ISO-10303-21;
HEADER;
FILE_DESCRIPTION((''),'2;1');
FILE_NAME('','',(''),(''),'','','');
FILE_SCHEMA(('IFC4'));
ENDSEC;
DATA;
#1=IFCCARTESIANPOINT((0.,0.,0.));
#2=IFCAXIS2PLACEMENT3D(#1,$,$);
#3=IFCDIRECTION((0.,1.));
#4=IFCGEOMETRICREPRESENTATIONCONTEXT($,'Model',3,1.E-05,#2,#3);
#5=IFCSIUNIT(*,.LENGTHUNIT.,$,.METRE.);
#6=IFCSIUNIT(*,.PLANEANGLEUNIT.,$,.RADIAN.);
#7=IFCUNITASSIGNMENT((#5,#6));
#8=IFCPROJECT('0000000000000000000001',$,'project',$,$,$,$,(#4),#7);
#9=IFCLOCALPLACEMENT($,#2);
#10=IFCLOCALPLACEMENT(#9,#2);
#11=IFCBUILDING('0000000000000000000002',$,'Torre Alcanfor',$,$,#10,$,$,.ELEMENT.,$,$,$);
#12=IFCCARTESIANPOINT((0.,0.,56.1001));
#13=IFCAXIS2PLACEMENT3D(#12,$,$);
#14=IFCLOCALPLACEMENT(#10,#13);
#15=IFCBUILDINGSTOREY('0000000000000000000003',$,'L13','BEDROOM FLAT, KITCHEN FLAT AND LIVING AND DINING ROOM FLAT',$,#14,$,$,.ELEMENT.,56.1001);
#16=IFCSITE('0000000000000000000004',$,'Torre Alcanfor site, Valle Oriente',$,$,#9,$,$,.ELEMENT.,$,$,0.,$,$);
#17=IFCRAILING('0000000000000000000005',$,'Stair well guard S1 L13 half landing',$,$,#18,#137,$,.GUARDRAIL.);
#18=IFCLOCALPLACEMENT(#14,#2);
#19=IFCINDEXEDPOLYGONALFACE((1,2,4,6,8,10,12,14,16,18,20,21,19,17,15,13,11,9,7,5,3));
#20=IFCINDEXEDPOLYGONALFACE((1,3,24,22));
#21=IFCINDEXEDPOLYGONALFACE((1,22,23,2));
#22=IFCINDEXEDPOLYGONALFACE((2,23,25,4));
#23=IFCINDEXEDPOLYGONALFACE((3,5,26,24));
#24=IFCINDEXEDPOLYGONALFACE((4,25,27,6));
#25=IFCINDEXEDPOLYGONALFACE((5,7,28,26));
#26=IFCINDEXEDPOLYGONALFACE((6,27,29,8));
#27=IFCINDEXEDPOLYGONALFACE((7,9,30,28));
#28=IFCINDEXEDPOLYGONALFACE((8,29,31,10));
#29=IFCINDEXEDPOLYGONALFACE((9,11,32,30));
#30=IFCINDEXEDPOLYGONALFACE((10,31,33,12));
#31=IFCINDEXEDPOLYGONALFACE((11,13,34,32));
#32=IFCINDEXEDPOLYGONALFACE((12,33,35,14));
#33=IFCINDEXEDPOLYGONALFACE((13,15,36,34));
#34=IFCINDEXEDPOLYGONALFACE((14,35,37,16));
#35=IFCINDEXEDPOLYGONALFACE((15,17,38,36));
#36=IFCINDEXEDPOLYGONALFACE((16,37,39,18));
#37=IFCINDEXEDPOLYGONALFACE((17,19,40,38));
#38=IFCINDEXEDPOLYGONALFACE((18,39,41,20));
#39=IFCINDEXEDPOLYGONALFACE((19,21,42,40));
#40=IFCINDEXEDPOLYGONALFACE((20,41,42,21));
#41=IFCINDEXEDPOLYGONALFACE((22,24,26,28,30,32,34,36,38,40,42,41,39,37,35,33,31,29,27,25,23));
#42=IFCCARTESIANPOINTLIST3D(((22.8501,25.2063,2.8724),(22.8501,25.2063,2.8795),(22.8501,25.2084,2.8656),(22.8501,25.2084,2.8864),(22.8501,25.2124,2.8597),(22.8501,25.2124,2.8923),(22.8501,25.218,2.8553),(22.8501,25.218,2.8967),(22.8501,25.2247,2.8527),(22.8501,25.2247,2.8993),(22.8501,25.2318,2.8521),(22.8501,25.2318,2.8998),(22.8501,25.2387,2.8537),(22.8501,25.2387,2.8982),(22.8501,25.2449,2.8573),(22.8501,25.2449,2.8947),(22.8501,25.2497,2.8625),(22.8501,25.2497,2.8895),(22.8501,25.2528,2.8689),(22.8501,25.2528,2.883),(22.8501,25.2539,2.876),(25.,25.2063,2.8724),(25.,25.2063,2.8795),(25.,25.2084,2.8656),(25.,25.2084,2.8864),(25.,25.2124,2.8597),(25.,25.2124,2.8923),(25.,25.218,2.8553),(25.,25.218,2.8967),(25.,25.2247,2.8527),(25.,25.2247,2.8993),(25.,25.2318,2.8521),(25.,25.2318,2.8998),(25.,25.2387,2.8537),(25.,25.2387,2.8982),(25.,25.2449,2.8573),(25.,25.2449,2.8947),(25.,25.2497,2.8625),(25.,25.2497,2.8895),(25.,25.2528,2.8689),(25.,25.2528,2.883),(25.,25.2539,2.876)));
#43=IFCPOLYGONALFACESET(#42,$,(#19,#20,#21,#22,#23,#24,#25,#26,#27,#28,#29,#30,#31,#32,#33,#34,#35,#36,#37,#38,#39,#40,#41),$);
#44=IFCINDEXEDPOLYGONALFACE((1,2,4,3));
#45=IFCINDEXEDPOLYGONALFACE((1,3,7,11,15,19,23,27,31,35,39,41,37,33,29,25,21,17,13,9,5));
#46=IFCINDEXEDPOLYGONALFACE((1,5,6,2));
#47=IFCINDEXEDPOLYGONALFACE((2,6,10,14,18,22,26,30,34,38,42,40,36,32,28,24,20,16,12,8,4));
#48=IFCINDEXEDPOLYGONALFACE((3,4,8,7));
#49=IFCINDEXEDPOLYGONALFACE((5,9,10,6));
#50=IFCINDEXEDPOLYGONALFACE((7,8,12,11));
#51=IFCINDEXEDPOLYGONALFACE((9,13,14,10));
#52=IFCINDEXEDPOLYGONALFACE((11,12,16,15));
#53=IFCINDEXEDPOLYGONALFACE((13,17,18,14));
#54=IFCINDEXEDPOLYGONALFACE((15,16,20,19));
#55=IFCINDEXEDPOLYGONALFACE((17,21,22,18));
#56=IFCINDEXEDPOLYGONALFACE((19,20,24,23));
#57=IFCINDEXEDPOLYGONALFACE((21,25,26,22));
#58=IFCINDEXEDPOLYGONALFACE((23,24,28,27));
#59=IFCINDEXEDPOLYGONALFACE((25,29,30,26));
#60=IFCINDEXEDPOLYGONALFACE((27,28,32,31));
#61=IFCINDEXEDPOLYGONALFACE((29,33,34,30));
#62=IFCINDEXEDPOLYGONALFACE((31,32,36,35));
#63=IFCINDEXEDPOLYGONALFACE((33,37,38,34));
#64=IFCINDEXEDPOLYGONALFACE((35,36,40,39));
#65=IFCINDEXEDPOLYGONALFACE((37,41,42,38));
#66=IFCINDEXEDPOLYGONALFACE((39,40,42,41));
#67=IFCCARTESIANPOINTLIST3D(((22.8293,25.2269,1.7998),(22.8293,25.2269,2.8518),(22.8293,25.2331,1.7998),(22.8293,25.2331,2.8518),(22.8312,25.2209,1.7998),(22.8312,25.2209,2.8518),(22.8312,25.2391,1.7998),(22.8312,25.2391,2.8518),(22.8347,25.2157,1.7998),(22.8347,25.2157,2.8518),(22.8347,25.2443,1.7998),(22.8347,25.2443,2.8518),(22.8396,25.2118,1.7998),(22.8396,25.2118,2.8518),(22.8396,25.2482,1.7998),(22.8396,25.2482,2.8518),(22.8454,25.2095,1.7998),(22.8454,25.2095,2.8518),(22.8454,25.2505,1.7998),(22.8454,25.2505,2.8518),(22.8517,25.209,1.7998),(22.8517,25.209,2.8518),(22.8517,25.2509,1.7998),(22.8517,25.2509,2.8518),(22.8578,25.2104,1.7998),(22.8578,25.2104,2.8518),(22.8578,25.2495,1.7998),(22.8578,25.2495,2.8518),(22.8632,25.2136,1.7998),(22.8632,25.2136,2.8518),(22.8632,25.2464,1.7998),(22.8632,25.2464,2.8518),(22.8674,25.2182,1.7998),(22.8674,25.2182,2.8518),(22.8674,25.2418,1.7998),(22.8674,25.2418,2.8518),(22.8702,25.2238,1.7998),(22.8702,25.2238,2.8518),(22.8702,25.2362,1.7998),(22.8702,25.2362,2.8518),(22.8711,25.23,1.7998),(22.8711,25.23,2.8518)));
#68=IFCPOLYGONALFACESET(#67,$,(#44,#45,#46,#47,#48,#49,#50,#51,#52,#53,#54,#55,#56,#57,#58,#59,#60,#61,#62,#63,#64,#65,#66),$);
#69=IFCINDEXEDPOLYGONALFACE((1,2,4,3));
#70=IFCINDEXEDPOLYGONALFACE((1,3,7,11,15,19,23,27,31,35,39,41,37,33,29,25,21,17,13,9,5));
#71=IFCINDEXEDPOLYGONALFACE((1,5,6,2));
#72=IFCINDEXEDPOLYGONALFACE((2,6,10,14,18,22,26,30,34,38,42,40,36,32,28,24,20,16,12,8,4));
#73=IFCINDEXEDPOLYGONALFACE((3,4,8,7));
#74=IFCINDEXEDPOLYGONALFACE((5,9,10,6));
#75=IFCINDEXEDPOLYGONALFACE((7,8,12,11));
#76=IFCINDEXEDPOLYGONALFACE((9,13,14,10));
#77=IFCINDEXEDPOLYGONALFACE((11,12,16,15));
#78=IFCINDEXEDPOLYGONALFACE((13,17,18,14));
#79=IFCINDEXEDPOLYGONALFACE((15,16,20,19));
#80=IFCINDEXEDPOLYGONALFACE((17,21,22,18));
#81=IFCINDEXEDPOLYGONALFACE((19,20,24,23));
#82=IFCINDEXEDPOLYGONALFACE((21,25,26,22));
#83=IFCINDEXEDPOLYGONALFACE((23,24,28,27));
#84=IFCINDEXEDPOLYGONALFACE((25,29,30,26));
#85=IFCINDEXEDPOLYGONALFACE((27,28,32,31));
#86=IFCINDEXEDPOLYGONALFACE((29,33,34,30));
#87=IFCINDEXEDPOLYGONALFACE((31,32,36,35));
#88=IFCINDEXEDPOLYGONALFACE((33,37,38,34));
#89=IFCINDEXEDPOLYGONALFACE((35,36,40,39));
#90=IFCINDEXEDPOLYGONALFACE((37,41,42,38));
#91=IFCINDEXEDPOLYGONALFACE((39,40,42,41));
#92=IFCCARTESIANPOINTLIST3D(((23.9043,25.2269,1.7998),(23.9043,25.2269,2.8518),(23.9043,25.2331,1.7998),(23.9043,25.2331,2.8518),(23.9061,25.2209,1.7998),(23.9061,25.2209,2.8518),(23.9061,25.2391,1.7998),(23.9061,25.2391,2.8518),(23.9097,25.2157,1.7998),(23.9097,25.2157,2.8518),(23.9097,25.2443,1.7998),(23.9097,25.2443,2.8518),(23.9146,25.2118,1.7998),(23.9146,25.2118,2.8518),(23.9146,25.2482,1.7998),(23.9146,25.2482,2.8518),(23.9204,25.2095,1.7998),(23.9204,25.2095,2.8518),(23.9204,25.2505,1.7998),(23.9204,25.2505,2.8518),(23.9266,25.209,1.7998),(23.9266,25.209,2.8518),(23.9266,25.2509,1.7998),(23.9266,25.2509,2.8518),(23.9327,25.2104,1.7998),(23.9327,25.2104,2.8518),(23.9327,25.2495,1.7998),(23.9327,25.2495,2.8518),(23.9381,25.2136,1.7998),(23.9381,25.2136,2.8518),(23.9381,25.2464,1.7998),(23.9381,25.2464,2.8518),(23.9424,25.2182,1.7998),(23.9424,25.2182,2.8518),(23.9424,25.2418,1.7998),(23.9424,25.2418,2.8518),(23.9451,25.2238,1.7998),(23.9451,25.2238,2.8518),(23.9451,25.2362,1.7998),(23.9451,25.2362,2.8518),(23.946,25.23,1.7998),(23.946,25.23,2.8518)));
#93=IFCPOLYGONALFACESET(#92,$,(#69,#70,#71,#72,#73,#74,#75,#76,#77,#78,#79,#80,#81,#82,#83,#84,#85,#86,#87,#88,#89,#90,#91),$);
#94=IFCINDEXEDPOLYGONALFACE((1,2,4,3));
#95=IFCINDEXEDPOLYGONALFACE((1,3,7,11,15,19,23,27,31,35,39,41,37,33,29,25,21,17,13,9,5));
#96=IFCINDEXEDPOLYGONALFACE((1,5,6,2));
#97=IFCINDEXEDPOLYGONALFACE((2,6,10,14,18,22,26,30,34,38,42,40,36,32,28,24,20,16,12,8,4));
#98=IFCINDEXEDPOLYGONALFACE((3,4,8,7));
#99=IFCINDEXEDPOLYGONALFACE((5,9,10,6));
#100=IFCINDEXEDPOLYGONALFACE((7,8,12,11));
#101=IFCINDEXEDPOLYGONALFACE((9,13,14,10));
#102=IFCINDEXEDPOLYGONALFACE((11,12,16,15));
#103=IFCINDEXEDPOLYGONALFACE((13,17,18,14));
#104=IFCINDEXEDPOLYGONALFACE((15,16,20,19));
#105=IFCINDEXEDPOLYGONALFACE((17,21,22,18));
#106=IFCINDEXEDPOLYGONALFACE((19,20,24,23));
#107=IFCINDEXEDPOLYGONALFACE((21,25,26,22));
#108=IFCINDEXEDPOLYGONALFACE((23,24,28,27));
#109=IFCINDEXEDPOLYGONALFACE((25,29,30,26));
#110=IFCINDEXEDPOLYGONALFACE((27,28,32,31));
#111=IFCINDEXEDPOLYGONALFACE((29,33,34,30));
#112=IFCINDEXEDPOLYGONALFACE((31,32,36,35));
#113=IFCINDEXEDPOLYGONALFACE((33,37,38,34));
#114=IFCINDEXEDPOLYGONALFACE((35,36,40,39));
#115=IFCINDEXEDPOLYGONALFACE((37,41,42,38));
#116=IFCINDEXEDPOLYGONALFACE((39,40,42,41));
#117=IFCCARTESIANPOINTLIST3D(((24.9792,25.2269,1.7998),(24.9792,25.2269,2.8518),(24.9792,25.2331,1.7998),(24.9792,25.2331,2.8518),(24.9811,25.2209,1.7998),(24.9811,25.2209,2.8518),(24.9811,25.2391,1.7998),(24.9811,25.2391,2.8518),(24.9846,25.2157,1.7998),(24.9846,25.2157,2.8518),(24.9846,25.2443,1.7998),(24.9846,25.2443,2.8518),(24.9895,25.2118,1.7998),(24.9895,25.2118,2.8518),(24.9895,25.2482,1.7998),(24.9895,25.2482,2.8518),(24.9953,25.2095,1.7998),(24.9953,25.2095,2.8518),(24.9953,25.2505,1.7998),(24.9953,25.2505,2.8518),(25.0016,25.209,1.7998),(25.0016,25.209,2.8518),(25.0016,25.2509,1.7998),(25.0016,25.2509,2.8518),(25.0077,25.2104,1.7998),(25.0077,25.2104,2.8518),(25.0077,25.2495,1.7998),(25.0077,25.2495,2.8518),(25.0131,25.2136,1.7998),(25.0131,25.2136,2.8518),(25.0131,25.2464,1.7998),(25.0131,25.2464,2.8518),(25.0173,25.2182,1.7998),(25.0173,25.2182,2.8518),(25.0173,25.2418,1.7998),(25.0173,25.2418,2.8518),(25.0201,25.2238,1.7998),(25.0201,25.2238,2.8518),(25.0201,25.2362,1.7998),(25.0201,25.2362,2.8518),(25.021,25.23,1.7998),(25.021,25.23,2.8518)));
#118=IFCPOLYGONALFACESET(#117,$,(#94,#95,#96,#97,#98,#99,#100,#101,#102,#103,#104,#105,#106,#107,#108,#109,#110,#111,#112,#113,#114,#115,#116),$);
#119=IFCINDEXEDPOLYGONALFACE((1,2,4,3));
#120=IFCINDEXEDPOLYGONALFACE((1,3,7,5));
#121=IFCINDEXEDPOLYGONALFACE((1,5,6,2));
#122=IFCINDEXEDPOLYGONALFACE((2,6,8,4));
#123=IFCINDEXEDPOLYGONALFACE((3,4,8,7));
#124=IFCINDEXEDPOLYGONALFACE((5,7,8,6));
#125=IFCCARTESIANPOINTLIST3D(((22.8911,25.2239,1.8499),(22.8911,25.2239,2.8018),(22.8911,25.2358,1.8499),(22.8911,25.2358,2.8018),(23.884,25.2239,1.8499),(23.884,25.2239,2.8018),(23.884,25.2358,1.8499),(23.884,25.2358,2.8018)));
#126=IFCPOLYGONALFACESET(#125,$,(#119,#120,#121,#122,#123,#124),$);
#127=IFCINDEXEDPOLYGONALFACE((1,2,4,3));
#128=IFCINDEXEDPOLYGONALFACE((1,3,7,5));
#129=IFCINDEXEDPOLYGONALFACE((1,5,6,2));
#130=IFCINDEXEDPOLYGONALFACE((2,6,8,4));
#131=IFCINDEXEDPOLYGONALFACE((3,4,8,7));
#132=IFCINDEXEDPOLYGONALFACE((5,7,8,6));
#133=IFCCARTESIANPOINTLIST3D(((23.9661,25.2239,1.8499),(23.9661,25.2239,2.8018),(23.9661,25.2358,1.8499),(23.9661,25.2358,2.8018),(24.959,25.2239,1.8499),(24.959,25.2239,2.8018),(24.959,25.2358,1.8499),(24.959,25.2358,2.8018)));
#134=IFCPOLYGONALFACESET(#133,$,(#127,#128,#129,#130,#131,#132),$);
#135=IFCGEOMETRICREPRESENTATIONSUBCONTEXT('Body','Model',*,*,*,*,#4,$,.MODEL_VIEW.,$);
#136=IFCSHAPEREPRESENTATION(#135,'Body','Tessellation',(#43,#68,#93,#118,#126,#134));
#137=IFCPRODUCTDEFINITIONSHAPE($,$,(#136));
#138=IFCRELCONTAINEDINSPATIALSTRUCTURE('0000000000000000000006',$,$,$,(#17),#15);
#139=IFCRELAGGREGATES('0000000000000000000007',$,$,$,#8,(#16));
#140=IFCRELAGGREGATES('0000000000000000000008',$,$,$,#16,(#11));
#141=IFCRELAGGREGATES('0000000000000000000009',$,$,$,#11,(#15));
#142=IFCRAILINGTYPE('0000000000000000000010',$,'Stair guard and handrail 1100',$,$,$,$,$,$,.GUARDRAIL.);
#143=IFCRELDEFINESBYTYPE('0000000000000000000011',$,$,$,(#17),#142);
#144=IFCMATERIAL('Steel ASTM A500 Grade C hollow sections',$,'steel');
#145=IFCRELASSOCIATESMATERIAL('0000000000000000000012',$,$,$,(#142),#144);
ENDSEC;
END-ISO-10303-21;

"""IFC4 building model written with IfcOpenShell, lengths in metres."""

from ifc_helpers import new_model, si_unit, direction, frame, origin, origin_2d, place, context, subcontext, project, spatial, polyline, circle, outline, extrude, material, type_object, element, save


model = new_model("IFC4")

# Units and contexts
model_context = context("Model", 3, precision=1e-05, world=origin(), true_north=direction((0.0, 1.0)))
body_context = subcontext(model_context, "Body", "Model", "MODEL_VIEW")
ifc_project = project(units=[si_unit("LENGTHUNIT", "METRE"), si_unit("PLANEANGLEUNIT", "RADIAN")], contexts=[model_context])

# Site, building, storey
site_placement = place(None, origin())
site = spatial("IfcSite", under=ifc_project, at=site_placement, Name="Torre Alcanfor site, Valle Oriente", CompositionType="ELEMENT", RefElevation=0.0)
building_placement = place(site_placement, origin())
building = spatial("IfcBuilding", under=site, at=building_placement, Name="Torre Alcanfor", CompositionType="ELEMENT")
storey_placement = place(building_placement, frame((0.0, 0.0, 56.1001)))
storey = spatial("IfcBuildingStorey", under=building, at=storey_placement, Name="L13", Description="BEDROOM FLAT, KITCHEN FLAT AND LIVING AND DINING ROOM FLAT", CompositionType="ELEMENT", Elevation=56.1001)

# Railing
ifc_material_1 = material(Name="Steel ASTM A500 Grade C hollow sections", Category="steel")
railing_type_1 = type_object("IfcRailingType", Name="Stair guard and handrail 1100", PredefinedType="GUARDRAIL", material=ifc_material_1)
railing_1_placement = place(storey_placement, frame((22.8501, 25.23, 1.7998)))
element("IfcRailing", 1, at=railing_1_placement, inside=storey, type_object=railing_type_1, Name="Stair well guard S1 L13 half landing", PredefinedType="GUARDRAIL", context=body_context, shape_type="SweptSolid", body=[
    extrude(circle(Radius=0.0239, at=origin_2d()), frame((0.0, 0.0, 1.0762), z_axis=(1.0, 0.0, 0.0), x_axis=(0.0, 1.0, 0.0)), (0.0, 0.0, 1.0), 2.1499),
    extrude(circle(Radius=0.021, at=origin_2d()), origin(), (0.0, 0.0, 1.0), 1.052),
    extrude(circle(Radius=0.021, at=origin_2d()), frame((1.075, 0.0, 0.0)), (0.0, 0.0, 1.0), 1.052),
    extrude(circle(Radius=0.021, at=origin_2d()), frame((2.1499, 0.0, 0.0)), (0.0, 0.0, 1.0), 1.052),
    extrude(outline(polyline([(0.041, 0.05), (1.0339, 0.05), (1.0339, 1.002), (0.041, 1.002), (0.041, 0.05)])), frame((0.0, 0.0059, 0.0), z_axis=(0.0, -1.0, 0.0), x_axis=(1.0, 0.0, 0.0)), (0.0, 0.0, 1.0), 0.012),
    extrude(outline(polyline([(1.116, 0.05), (2.1089, 0.05), (2.1089, 1.002), (1.116, 1.002), (1.116, 0.05)])), frame((0.0, 0.0059, 0.0), z_axis=(0.0, -1.0, 0.0), x_axis=(1.0, 0.0, 0.0)), (0.0, 0.0, 1.0), 0.012),
])

save(model, "model.ifc")
